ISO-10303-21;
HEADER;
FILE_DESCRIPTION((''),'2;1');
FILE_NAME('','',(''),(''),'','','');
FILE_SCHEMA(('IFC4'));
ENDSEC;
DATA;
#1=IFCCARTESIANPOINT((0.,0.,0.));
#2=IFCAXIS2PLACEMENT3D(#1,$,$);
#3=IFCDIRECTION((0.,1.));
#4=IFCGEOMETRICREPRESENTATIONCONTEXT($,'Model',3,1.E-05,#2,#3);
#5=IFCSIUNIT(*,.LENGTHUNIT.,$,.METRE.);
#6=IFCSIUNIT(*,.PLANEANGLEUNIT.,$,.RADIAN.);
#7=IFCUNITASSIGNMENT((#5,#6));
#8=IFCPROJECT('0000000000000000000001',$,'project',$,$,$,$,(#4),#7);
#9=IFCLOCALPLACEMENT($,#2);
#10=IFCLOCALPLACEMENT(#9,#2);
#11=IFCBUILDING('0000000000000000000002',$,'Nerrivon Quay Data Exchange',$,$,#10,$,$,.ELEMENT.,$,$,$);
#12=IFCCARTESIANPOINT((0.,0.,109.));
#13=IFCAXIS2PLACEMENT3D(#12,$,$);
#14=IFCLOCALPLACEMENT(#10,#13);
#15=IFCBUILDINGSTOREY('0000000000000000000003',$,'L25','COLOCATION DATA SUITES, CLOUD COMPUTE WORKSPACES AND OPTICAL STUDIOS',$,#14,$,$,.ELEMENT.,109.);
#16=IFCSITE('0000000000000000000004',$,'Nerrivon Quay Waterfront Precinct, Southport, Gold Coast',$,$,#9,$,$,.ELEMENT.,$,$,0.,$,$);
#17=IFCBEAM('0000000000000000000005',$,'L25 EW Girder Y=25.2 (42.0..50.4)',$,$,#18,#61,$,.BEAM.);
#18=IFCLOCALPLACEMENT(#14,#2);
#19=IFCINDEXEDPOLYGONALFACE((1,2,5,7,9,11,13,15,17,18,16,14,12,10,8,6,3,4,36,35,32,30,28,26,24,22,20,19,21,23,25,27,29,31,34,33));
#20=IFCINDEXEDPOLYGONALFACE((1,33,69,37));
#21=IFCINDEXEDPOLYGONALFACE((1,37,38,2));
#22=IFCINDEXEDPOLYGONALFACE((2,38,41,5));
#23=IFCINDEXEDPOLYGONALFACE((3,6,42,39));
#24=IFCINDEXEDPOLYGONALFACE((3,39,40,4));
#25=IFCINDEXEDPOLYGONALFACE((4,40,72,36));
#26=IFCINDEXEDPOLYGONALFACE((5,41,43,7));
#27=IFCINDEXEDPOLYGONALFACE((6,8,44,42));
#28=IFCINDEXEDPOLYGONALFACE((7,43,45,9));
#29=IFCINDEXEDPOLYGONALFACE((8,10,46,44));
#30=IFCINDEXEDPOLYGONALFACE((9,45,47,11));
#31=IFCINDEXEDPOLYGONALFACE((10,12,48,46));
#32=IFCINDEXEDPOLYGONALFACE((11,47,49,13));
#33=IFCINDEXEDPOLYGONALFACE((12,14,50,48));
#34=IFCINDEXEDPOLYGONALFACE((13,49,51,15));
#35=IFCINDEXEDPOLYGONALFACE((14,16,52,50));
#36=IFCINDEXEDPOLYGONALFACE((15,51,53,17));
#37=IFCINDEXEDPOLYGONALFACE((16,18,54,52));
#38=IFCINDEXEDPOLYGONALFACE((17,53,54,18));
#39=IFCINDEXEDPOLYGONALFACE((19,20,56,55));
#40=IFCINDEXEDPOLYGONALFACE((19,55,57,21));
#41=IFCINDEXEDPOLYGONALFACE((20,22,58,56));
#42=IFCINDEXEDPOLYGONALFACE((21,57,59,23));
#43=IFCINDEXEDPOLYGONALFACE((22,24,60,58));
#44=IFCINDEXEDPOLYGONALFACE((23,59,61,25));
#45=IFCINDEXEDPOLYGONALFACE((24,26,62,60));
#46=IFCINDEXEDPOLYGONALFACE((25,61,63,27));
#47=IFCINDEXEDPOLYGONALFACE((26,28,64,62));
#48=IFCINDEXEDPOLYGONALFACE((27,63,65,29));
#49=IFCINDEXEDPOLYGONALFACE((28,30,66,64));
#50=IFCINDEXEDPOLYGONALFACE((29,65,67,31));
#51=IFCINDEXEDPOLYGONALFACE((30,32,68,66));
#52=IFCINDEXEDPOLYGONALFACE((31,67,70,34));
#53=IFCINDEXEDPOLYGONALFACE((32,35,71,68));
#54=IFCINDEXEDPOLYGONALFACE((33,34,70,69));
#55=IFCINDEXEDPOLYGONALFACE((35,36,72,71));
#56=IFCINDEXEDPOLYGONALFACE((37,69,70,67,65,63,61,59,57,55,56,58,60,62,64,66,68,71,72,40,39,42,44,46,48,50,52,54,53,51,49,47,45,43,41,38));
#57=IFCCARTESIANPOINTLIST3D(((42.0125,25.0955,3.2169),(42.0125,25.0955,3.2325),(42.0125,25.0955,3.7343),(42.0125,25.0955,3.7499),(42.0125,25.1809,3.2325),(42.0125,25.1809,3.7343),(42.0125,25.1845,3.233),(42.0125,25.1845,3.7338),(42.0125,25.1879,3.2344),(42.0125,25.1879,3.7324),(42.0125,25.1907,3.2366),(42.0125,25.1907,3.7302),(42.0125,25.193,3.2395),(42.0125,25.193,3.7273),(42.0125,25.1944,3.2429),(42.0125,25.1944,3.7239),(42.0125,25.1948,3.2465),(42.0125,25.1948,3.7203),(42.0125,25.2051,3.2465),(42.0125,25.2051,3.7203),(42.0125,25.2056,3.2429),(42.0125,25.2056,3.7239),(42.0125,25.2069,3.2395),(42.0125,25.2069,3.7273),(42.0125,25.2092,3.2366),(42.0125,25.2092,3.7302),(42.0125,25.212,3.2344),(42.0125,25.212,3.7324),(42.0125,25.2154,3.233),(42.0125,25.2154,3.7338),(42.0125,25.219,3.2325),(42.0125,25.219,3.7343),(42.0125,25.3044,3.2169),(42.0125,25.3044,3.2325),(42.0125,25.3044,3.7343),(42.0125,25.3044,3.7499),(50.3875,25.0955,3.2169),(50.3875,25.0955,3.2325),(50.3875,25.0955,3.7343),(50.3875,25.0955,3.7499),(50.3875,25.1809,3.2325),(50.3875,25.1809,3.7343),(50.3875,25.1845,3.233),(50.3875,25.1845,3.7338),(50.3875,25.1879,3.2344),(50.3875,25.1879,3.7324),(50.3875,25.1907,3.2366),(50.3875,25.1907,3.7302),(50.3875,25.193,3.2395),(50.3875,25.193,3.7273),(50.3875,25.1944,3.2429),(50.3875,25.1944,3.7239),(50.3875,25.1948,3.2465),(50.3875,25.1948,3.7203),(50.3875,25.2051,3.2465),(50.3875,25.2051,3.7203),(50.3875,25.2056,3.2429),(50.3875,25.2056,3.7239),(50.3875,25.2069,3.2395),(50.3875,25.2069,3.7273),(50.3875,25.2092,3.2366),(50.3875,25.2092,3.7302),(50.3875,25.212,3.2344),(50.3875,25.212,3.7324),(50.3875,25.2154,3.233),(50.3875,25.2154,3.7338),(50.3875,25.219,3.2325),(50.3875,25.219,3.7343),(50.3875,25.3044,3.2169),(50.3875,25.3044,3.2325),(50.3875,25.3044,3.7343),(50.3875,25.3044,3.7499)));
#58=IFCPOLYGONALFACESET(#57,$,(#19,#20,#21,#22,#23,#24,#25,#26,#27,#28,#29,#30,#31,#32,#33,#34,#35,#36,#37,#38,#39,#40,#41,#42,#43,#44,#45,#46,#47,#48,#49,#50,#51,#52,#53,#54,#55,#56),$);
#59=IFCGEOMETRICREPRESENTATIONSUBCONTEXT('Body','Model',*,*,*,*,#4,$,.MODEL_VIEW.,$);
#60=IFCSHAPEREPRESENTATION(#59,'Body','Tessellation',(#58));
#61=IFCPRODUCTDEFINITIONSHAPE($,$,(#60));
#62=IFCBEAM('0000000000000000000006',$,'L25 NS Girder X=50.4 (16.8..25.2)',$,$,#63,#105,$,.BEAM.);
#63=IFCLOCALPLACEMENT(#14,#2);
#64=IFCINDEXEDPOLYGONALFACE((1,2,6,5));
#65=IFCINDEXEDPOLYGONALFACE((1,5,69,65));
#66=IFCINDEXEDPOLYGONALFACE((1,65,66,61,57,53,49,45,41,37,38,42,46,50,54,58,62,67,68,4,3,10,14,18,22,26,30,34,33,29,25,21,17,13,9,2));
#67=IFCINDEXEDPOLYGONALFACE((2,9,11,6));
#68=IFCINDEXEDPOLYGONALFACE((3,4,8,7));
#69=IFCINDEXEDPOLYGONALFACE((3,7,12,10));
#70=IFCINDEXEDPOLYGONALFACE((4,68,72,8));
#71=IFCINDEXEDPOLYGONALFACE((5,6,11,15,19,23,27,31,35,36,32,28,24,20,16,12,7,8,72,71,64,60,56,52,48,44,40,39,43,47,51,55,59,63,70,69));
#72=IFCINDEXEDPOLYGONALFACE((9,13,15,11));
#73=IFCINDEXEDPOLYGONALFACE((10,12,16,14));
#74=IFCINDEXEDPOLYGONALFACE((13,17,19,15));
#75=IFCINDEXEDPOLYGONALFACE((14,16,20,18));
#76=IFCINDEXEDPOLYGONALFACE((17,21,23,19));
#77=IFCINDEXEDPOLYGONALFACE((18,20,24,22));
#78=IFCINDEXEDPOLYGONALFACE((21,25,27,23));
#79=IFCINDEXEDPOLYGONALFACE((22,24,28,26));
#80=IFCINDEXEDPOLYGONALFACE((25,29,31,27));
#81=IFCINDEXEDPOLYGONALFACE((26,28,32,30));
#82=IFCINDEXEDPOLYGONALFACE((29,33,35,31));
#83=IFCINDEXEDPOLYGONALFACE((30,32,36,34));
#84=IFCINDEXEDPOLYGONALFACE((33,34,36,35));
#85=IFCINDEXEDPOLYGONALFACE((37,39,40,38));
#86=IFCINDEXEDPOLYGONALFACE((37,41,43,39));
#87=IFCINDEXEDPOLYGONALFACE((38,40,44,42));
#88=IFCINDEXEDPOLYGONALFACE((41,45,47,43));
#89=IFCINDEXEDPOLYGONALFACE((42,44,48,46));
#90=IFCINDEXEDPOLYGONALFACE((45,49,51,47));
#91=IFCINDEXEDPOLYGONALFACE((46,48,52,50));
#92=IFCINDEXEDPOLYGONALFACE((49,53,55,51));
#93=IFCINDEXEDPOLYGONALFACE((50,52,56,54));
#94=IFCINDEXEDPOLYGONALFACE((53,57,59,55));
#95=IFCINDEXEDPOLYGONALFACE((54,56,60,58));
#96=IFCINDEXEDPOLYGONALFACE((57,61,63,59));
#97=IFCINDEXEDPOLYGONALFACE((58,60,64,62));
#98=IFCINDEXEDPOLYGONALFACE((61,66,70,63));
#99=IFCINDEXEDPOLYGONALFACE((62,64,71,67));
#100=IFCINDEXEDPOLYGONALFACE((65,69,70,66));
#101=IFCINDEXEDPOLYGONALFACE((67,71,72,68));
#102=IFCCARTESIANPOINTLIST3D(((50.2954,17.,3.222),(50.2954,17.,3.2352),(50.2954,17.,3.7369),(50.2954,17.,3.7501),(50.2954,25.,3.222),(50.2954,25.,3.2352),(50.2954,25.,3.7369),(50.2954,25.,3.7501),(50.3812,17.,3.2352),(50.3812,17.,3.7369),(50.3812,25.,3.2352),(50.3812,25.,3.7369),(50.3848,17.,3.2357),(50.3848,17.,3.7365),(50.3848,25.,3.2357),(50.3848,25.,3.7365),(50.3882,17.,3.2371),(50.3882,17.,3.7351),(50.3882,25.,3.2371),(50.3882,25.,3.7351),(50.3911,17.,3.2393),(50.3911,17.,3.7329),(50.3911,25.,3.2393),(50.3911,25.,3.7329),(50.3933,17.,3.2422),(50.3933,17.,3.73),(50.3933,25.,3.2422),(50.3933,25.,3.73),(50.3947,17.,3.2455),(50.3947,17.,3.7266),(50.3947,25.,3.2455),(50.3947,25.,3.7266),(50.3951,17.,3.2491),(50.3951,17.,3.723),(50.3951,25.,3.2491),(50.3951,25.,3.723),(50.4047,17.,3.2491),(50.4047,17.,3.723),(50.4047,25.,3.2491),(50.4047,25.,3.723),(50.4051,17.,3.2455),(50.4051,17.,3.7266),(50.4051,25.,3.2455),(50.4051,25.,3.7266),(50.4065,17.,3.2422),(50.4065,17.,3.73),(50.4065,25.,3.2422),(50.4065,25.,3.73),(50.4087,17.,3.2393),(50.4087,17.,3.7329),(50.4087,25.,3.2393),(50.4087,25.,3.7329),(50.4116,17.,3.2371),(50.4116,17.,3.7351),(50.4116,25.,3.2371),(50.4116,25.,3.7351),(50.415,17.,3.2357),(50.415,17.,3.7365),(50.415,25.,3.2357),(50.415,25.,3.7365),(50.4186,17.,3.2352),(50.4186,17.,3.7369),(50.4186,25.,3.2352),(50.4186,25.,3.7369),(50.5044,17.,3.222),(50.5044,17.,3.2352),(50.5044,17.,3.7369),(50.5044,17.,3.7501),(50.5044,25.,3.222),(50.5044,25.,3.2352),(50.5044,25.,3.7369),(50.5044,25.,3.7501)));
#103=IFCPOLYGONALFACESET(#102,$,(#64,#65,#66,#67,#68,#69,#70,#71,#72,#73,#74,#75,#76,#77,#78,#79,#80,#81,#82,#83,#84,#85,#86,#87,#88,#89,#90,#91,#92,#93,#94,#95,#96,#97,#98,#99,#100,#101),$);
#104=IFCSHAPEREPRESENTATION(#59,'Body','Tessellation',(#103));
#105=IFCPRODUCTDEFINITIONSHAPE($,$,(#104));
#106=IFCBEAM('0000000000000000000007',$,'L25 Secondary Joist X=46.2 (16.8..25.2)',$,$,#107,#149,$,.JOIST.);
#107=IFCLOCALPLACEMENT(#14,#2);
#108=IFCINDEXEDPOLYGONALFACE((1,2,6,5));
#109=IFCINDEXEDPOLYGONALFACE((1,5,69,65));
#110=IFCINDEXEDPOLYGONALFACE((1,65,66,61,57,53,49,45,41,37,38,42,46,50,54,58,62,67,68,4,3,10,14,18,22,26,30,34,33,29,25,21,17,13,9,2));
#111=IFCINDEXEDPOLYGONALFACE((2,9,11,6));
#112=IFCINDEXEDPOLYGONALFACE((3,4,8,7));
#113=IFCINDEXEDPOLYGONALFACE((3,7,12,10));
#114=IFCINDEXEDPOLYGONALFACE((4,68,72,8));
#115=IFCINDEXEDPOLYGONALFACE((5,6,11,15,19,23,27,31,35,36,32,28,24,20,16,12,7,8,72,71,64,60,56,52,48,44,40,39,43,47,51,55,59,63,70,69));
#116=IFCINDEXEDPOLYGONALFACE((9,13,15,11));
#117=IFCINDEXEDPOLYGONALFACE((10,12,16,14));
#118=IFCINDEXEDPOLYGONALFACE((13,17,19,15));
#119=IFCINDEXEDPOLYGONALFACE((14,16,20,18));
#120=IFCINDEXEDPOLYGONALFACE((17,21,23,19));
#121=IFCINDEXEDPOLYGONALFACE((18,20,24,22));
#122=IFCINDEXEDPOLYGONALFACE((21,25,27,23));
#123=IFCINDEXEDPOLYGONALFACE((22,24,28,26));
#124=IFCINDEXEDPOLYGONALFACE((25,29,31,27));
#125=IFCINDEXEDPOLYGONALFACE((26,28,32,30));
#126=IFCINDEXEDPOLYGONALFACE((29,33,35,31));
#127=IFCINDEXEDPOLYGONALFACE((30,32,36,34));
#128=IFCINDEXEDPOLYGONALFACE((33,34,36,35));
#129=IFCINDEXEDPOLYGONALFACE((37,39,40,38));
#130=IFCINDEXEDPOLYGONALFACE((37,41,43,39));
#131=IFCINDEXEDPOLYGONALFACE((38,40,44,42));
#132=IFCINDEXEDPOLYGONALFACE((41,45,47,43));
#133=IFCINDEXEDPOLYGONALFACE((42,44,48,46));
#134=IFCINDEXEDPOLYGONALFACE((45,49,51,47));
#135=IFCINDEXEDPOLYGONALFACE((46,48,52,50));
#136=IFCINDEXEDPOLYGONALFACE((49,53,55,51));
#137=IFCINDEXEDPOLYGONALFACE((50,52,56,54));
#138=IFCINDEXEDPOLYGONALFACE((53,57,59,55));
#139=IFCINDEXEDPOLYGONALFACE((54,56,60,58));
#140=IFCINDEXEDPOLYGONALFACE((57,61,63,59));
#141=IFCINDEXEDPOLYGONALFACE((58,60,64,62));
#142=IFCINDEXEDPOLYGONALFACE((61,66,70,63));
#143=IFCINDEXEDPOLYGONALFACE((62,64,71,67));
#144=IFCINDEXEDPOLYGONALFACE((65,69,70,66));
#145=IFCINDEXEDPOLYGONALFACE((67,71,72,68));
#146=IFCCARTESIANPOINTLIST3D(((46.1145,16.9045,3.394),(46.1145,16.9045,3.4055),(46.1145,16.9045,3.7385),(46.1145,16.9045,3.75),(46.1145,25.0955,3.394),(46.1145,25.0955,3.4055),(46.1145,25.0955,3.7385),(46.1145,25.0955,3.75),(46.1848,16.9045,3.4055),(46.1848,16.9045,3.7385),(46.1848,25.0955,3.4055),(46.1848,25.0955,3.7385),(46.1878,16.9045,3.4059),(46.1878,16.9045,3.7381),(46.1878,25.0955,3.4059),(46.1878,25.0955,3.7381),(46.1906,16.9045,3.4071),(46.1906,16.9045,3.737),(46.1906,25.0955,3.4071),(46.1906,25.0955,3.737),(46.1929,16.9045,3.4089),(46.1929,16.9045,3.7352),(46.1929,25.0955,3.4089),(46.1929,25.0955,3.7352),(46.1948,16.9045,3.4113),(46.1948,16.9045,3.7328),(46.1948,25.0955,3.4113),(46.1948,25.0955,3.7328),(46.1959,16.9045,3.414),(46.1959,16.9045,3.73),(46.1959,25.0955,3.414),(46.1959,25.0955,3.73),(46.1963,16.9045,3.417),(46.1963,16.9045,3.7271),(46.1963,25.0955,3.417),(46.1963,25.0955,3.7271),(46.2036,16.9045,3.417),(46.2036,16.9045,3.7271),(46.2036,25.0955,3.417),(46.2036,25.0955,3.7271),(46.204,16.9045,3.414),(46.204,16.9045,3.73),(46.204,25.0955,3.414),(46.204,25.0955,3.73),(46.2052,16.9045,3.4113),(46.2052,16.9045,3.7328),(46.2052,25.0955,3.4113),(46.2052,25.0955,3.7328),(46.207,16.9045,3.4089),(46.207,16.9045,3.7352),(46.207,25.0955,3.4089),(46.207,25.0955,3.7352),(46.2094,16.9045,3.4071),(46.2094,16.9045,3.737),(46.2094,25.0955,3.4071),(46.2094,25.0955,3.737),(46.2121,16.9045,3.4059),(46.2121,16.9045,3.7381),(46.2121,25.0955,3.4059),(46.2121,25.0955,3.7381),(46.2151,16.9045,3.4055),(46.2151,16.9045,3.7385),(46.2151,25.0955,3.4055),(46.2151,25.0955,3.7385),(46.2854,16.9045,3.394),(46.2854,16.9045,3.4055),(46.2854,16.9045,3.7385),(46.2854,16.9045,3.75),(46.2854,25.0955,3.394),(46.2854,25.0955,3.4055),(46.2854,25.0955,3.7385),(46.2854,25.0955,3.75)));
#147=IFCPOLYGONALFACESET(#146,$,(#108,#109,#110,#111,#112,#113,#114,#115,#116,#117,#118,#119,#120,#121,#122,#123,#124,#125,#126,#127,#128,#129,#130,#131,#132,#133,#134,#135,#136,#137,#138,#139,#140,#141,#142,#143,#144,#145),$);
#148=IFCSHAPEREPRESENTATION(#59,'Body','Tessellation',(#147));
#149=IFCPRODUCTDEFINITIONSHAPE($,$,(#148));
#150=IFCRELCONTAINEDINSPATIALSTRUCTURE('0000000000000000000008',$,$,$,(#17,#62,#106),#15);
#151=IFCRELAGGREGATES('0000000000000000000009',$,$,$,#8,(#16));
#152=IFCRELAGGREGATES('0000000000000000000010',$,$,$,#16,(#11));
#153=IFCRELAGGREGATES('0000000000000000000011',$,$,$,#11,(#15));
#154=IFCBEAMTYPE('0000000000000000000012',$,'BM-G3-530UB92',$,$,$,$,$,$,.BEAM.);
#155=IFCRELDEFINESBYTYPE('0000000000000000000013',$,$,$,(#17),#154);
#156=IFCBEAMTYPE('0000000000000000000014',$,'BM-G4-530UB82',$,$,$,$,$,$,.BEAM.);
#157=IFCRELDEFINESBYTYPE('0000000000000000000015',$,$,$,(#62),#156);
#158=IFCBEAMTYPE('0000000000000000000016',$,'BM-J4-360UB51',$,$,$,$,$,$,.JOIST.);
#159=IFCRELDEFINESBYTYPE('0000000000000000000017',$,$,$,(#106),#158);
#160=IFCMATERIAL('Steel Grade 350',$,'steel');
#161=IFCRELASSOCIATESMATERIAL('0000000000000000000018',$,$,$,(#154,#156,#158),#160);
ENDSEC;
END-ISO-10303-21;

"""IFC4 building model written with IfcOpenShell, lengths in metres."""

from ifc_helpers import new_model, si_unit, direction, frame, origin, origin_2d, place, context, subcontext, project, spatial, i_section, extrude, material, material_profile, profile_set, type_object, element, save


model = new_model("IFC4")

# Units and contexts
model_context = context("Model", 3, precision=1e-05, world=origin(), true_north=direction((0.0, 1.0)))
body_context = subcontext(model_context, "Body", "Model", "MODEL_VIEW")
ifc_project = project(units=[si_unit("LENGTHUNIT", "METRE"), si_unit("PLANEANGLEUNIT", "RADIAN")], contexts=[model_context])

# Site, building, storey
site_placement = place(None, origin())
site = spatial("IfcSite", under=ifc_project, at=site_placement, Name="Nerrivon Quay Waterfront Precinct, Southport, Gold Coast", CompositionType="ELEMENT", RefElevation=0.0)
building_placement = place(site_placement, origin())
building = spatial("IfcBuilding", under=site, at=building_placement, Name="Nerrivon Quay Data Exchange", CompositionType="ELEMENT")
storey_placement = place(building_placement, frame((0.0, 0.0, 109.0)))
storey = spatial("IfcBuildingStorey", under=building, at=storey_placement, Name="L25", Description="COLOCATION DATA SUITES, CLOUD COMPUTE WORKSPACES AND OPTICAL STUDIOS", CompositionType="ELEMENT", Elevation=109.0)

# Shared definitions
ifc_material_1 = material(Name="Steel Grade 350", Category="steel")

# Beams
ifc_material_profile_1 = material_profile(ifc_material_1, i_section(OverallWidth=0.209, OverallDepth=0.533, WebThickness=0.0103, FlangeThickness=0.0156, FilletRadius=0.0139, at=origin_2d()), Name="530UB92.4")
ifc_profile_set_1 = profile_set([ifc_material_profile_1], Name="Steel Grade 350")
beam_type_1 = type_object("IfcBeamType", Name="BM-G3-530UB92", PredefinedType="BEAM", material=ifc_profile_set_1)
beam_1_placement = place(storey_placement, frame((42.0125, 25.2, 3.4834), z_axis=(1.0, 0.0, 0.0), x_axis=(0.0, 1.0, 0.0)))
element("IfcBeam", 1, at=beam_1_placement, inside=storey, type_object=beam_type_1, Name="L25 EW Girder Y=25.2 (42.0..50.4)", PredefinedType="BEAM", context=body_context, shape_type="SweptSolid", body=[
    extrude(i_section(OverallWidth=0.209, OverallDepth=0.533, WebThickness=0.0103, FlangeThickness=0.0156, FilletRadius=0.0139, at=origin_2d()), origin(), (0.0, 0.0, 1.0), 8.375),
])
ifc_material_profile_2 = material_profile(ifc_material_1, i_section(OverallWidth=0.209, OverallDepth=0.5281, WebThickness=0.0095, FlangeThickness=0.0132, FilletRadius=0.0139, at=origin_2d()), Name="530UB82.0")
ifc_profile_set_2 = profile_set([ifc_material_profile_2], Name="Steel Grade 350")
beam_type_2 = type_object("IfcBeamType", Name="BM-G4-530UB82", PredefinedType="BEAM", material=ifc_profile_set_2)
beam_2_placement = place(storey_placement, frame((50.3999, 17.0, 3.4861), z_axis=(0.0, 1.0, 0.0), x_axis=(-1.0, 0.0, 0.0)))
element("IfcBeam", 2, at=beam_2_placement, inside=storey, type_object=beam_type_2, Name="L25 NS Girder X=50.4 (16.8..25.2)", PredefinedType="BEAM", context=body_context, shape_type="SweptSolid", body=[
    extrude(i_section(OverallWidth=0.209, OverallDepth=0.5281, WebThickness=0.0095, FlangeThickness=0.0132, FilletRadius=0.0139, at=origin_2d()), origin(), (0.0, 0.0, 1.0), 8.0),
])
ifc_material_profile_3 = material_profile(ifc_material_1, i_section(OverallWidth=0.1709, OverallDepth=0.356, WebThickness=0.0073, FlangeThickness=0.0115, FilletRadius=0.0115, at=origin_2d()), Name="360UB50.7")
ifc_profile_set_3 = profile_set([ifc_material_profile_3], Name="Steel Grade 350")
beam_type_3 = type_object("IfcBeamType", Name="BM-J4-360UB51", PredefinedType="JOIST", material=ifc_profile_set_3)
beam_3_placement = place(storey_placement, frame((46.2, 16.9045, 3.572), z_axis=(0.0, 1.0, 0.0), x_axis=(-1.0, 0.0, 0.0)))
element("IfcBeam", 3, at=beam_3_placement, inside=storey, type_object=beam_type_3, Name="L25 Secondary Joist X=46.2 (16.8..25.2)", PredefinedType="JOIST", context=body_context, shape_type="SweptSolid", body=[
    extrude(i_section(OverallWidth=0.1709, OverallDepth=0.356, WebThickness=0.0073, FlangeThickness=0.0115, FilletRadius=0.0115, at=origin_2d()), origin(), (0.0, 0.0, 1.0), 8.1909),
])

save(model, "model.ifc")
